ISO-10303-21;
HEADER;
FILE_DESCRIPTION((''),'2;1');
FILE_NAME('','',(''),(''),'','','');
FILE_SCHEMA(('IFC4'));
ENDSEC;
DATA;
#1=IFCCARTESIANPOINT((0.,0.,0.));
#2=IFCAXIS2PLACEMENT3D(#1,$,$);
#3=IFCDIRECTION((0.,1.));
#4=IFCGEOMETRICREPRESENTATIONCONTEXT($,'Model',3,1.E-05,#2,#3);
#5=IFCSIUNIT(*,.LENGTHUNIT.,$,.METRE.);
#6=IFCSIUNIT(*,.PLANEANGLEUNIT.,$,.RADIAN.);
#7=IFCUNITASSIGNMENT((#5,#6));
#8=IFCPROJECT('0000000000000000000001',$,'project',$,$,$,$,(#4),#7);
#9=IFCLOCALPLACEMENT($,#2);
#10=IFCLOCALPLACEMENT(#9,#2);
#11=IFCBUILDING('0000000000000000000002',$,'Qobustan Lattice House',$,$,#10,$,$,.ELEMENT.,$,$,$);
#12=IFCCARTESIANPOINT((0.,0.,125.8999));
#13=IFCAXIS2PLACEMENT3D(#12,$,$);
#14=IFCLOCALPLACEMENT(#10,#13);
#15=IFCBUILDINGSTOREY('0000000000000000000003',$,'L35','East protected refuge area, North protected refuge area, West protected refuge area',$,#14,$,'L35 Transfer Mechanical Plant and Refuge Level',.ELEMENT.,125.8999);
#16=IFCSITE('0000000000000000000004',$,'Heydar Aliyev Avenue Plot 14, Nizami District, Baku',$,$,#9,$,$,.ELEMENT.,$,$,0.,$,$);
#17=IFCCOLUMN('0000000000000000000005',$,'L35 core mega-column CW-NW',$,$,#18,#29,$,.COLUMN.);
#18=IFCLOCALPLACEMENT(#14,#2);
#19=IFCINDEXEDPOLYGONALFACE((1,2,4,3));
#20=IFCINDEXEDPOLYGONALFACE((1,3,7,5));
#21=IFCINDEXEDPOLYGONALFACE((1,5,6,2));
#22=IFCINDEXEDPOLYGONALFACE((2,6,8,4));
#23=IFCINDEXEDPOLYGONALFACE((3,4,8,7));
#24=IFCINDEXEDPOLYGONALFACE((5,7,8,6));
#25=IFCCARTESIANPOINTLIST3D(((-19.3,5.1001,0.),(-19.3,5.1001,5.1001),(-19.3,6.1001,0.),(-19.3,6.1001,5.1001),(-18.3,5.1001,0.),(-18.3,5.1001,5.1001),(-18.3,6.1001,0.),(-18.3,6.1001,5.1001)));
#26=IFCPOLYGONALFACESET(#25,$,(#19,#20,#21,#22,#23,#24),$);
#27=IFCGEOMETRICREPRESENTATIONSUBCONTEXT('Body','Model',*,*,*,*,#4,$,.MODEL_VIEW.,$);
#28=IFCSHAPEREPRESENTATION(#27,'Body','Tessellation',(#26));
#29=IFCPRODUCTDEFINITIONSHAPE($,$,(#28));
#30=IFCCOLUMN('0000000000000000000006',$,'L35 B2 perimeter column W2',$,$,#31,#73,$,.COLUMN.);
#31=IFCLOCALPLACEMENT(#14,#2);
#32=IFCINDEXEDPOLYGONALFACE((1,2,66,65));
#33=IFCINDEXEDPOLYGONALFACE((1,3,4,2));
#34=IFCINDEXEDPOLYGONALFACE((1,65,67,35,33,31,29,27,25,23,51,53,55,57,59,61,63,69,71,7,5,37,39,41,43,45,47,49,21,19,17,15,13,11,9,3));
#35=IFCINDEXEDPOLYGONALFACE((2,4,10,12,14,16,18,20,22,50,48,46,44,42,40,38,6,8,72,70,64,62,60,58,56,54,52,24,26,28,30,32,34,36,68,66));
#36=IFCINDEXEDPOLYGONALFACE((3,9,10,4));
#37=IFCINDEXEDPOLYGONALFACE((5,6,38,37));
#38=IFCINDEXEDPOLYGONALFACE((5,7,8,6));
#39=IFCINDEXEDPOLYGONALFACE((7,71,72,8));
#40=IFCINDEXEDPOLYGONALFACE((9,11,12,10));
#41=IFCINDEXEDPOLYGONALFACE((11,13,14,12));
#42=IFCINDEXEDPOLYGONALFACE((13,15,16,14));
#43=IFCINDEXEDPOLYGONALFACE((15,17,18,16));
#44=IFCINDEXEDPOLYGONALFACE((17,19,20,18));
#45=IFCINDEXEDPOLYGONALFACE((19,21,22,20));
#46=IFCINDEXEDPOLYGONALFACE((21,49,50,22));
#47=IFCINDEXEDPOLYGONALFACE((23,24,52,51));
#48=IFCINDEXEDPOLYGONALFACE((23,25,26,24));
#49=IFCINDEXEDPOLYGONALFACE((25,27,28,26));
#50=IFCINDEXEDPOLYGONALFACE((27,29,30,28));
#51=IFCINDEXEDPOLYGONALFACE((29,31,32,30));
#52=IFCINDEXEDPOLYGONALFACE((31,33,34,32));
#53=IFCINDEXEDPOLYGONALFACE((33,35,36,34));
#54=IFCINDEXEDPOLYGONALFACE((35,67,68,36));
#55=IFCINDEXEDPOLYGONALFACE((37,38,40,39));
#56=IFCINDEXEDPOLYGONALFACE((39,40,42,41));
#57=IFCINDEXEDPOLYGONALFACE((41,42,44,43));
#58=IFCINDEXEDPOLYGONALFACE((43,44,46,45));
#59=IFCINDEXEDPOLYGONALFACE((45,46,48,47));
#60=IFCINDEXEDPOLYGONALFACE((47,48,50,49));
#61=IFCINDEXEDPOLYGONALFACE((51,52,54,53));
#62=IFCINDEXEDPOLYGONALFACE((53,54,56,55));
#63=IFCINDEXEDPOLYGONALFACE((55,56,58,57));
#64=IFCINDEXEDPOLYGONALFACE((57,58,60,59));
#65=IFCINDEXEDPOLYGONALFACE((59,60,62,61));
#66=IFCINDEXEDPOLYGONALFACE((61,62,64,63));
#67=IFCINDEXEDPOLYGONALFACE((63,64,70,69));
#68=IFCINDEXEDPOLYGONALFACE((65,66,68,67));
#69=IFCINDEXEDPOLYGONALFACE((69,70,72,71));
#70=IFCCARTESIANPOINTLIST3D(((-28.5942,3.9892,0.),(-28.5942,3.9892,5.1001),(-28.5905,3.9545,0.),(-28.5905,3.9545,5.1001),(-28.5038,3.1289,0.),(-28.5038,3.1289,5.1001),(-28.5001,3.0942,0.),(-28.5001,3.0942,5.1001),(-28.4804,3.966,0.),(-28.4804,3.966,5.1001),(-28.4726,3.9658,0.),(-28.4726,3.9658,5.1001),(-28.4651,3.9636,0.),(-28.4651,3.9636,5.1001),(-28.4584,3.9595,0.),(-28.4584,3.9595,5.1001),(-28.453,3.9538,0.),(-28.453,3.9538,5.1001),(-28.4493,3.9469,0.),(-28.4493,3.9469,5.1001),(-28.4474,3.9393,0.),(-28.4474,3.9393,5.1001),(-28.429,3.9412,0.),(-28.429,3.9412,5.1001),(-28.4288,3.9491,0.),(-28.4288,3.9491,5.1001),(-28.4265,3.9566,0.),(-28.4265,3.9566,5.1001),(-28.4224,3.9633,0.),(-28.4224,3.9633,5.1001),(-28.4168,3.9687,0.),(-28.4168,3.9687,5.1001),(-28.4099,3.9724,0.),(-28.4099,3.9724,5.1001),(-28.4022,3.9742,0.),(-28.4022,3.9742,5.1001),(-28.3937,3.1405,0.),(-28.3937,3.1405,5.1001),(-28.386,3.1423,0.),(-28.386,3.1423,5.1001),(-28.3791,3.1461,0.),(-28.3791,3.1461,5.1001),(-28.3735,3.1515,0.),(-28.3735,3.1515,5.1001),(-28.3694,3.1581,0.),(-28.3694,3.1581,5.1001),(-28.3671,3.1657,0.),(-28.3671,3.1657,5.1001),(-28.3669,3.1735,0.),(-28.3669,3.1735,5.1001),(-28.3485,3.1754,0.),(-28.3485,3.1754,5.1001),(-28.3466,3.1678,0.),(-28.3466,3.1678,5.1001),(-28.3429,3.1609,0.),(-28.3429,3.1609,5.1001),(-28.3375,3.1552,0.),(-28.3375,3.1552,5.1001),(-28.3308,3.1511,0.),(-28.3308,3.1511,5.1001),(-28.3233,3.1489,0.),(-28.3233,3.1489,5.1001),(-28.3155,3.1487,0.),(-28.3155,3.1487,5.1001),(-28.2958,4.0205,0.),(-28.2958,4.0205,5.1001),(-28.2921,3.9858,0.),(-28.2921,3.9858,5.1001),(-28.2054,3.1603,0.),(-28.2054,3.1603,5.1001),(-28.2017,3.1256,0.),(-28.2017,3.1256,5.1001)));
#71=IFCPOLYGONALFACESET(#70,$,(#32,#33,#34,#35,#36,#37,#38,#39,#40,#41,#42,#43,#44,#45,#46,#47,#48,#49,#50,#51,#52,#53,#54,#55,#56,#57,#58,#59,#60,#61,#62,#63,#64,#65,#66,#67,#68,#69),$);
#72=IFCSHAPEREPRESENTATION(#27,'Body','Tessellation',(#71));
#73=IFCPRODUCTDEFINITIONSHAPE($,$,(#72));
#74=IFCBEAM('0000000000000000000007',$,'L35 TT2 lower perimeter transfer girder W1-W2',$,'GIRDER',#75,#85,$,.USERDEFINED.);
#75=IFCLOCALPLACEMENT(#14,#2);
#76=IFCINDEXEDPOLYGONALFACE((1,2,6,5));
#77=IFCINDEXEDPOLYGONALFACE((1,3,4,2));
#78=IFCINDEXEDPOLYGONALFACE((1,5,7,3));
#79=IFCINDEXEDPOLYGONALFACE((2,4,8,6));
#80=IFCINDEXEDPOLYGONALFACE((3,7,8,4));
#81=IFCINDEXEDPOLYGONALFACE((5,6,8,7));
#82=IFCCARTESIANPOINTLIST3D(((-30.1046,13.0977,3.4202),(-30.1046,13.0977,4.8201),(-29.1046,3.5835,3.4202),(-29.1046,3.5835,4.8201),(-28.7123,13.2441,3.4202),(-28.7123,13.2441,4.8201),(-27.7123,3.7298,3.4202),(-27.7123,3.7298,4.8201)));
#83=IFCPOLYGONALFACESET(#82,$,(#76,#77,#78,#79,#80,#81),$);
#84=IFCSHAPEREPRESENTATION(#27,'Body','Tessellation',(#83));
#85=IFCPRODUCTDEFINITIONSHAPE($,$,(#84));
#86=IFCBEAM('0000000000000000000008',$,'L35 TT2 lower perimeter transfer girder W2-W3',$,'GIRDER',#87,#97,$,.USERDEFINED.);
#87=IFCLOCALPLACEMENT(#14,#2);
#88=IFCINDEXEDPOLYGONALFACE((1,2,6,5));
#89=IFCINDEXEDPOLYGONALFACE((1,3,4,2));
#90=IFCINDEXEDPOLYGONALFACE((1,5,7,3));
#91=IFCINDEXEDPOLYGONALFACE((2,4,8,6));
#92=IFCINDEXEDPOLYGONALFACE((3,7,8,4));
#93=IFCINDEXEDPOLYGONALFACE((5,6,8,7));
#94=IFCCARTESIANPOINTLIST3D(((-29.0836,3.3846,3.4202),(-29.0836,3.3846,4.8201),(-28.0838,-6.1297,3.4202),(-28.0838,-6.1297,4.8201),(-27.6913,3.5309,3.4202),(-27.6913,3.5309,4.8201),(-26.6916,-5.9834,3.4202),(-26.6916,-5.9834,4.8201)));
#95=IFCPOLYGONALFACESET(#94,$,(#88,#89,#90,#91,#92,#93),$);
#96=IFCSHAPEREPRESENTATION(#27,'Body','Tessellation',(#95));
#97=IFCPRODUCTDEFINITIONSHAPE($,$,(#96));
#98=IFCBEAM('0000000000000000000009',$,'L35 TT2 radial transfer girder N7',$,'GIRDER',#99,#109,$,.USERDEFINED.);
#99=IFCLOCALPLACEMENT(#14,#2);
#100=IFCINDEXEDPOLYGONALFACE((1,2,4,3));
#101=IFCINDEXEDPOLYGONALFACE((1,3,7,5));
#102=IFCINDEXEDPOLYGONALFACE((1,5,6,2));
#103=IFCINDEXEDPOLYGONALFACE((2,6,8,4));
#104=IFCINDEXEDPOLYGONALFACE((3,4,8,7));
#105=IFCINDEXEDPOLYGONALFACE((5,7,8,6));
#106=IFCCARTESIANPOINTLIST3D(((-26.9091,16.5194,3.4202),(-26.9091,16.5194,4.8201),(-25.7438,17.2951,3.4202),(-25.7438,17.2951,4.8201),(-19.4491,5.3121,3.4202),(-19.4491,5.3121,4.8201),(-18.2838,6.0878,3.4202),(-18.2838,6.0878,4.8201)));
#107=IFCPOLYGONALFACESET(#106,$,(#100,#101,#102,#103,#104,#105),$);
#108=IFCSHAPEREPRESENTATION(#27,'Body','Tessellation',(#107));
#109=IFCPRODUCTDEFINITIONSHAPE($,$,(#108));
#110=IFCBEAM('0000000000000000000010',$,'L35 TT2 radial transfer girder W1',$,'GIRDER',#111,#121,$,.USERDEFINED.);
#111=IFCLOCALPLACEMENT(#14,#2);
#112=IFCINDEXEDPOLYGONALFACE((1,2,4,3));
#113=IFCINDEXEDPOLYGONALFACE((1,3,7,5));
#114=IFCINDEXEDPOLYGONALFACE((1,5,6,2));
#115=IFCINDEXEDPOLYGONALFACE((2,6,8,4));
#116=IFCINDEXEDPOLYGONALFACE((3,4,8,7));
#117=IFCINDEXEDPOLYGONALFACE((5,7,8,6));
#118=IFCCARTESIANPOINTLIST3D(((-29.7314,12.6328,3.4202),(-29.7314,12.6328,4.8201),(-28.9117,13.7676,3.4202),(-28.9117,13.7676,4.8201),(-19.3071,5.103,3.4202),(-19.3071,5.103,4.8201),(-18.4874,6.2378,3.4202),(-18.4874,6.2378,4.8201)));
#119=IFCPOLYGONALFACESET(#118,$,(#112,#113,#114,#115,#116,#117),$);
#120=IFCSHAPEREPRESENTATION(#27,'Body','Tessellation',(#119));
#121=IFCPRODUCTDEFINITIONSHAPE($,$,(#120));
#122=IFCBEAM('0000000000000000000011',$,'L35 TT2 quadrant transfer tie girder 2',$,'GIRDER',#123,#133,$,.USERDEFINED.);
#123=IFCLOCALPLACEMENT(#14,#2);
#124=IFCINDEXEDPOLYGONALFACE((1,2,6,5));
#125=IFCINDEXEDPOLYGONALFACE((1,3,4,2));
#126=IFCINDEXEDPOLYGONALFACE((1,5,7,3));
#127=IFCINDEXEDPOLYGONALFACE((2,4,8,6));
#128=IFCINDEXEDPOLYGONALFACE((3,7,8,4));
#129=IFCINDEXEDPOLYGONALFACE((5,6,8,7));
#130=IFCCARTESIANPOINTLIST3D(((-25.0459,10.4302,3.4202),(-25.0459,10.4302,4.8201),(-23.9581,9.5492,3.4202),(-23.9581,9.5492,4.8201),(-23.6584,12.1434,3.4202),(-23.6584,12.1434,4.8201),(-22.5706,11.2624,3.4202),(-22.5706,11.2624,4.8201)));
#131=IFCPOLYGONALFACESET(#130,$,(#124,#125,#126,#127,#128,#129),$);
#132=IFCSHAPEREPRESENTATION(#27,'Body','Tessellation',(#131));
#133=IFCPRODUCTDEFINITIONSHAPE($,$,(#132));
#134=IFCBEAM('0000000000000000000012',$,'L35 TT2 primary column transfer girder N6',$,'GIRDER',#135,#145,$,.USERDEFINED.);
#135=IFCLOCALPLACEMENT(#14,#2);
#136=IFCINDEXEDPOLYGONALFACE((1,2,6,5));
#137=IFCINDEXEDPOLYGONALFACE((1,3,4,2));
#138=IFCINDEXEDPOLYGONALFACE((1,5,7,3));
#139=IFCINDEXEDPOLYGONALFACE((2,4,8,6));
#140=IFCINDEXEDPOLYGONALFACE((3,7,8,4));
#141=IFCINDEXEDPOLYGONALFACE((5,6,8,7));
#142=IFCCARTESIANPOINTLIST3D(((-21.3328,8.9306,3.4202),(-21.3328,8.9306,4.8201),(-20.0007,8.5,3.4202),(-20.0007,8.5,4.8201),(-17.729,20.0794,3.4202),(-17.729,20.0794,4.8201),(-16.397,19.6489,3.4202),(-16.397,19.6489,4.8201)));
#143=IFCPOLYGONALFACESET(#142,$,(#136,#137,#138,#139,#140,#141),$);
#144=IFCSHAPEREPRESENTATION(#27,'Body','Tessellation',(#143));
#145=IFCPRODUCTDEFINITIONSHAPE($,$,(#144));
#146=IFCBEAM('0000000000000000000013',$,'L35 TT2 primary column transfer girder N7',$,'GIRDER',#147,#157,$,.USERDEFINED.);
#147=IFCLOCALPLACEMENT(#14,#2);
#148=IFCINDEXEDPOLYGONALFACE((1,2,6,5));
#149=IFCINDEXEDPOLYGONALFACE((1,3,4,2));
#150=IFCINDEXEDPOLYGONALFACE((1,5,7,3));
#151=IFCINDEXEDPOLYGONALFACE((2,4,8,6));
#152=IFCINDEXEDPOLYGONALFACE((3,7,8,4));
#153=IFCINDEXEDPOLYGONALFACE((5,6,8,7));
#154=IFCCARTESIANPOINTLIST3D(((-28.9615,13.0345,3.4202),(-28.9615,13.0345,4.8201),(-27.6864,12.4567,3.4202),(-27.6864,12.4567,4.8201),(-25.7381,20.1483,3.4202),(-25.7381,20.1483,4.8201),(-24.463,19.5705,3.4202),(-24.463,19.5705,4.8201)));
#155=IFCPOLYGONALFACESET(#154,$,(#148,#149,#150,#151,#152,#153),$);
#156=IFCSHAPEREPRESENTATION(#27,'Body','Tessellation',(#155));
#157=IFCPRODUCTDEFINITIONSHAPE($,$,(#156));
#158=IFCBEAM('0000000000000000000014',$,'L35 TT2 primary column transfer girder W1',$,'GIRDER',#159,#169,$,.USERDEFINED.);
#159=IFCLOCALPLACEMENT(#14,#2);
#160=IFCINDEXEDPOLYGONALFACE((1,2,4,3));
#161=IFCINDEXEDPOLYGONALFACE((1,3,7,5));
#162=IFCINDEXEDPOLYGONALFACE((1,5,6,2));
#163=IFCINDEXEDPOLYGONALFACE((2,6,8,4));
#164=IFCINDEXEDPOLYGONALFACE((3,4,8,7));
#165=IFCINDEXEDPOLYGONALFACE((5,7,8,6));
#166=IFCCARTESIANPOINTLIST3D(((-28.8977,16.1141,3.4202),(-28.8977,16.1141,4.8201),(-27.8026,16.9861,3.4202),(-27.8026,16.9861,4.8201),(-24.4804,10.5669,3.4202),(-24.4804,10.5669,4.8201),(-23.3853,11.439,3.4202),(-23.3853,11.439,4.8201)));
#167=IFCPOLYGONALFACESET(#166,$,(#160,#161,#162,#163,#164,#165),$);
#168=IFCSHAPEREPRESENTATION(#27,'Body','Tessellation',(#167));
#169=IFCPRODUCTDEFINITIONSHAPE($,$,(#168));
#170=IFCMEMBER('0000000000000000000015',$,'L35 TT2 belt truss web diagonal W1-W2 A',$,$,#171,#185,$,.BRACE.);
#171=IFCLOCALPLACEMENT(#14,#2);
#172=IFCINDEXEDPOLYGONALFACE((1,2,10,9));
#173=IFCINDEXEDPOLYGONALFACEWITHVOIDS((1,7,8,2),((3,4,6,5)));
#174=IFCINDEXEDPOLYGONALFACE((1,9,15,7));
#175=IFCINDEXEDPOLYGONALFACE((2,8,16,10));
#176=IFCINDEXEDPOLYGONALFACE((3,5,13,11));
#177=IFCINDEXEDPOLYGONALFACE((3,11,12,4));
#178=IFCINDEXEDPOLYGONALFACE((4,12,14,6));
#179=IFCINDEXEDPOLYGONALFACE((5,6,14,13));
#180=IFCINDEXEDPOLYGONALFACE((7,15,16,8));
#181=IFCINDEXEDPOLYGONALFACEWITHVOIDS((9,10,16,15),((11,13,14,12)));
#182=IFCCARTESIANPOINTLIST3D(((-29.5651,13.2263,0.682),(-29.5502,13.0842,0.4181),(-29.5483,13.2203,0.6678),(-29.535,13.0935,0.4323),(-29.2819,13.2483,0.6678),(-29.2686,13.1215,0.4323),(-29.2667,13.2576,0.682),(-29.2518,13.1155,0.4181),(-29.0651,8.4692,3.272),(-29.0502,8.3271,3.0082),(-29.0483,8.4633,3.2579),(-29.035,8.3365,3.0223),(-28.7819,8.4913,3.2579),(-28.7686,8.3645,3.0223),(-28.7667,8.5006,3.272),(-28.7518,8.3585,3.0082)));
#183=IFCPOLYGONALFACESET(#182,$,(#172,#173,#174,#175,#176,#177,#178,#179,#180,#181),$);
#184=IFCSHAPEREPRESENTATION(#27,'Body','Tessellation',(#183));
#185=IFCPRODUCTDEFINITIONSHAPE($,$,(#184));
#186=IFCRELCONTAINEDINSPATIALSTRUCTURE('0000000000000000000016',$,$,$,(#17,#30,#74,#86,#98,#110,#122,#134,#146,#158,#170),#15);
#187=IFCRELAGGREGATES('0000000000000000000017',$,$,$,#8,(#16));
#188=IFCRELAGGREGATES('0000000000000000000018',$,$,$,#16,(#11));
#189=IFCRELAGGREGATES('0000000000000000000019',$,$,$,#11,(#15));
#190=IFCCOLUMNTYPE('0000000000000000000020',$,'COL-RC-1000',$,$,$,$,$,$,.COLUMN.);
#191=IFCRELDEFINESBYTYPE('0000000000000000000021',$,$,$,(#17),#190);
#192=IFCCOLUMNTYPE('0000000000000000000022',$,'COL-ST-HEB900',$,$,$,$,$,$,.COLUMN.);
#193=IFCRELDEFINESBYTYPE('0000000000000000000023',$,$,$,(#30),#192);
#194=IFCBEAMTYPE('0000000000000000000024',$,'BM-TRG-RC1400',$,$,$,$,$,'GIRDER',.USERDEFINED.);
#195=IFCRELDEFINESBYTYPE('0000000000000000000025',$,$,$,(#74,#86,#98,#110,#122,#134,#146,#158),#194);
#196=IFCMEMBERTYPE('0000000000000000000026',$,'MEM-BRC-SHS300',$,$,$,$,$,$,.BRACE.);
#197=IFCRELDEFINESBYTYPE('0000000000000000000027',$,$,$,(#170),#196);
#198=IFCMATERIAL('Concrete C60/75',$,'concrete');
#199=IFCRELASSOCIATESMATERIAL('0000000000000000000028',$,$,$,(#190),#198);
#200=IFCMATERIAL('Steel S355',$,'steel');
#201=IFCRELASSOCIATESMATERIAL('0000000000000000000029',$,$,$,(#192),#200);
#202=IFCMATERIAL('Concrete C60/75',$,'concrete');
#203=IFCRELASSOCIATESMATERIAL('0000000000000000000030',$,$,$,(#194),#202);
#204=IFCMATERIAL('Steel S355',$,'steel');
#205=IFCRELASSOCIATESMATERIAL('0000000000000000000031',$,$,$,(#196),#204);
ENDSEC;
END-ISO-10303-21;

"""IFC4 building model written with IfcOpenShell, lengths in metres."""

from ifc_helpers import new_model, si_unit, direction, frame, origin, origin_2d, place, context, subcontext, project, spatial, rectangle, hollow_rectangle, i_section, extrude, material, material_profile, profile_set, type_object, element, save


model = new_model("IFC4")

# Units and contexts
model_context = context("Model", 3, precision=1e-05, world=origin(), true_north=direction((0.0, 1.0)))
body_context = subcontext(model_context, "Body", "Model", "MODEL_VIEW")
ifc_project = project(units=[si_unit("LENGTHUNIT", "METRE"), si_unit("PLANEANGLEUNIT", "RADIAN")], contexts=[model_context])

# Site, building, storey
site_placement = place(None, origin())
site = spatial("IfcSite", under=ifc_project, at=site_placement, Name="Heydar Aliyev Avenue Plot 14, Nizami District, Baku", CompositionType="ELEMENT", RefElevation=0.0)
building_placement = place(site_placement, origin())
building = spatial("IfcBuilding", under=site, at=building_placement, Name="Qobustan Lattice House", CompositionType="ELEMENT")
storey_placement = place(building_placement, frame((0.0, 0.0, 125.8999)))
storey = spatial("IfcBuildingStorey", under=building, at=storey_placement, Name="L35", Description="East protected refuge area, North protected refuge area, West protected refuge area", LongName="L35 Transfer Mechanical Plant and Refuge Level", CompositionType="ELEMENT", Elevation=125.8999)

# Columns
ifc_material_1 = material(Name="Concrete C60/75", Category="concrete")
ifc_material_profile_1 = material_profile(ifc_material_1, rectangle(XDim=1.0, YDim=1.0, at=origin_2d()), Name="RC1000x1000")
ifc_profile_set_1 = profile_set([ifc_material_profile_1], Name="Concrete C60/75")
column_type_1 = type_object("IfcColumnType", Name="COL-RC-1000", PredefinedType="COLUMN", material=ifc_profile_set_1)
column_1_placement = place(storey_placement, frame((-18.8, 5.6001, 0.0), z_axis=(0.0, 0.0, 1.0), x_axis=(1.0, 0.0, 0.0)))
element("IfcColumn", 1, at=column_1_placement, inside=storey, type_object=column_type_1, Name="L35 core mega-column CW-NW", PredefinedType="COLUMN", context=body_context, shape_type="SweptSolid", body=[
    extrude(rectangle(XDim=1.0, YDim=1.0, at=origin_2d()), origin(), (0.0, 0.0, 1.0), 5.1001),
])
ifc_material_2 = material(Name="Steel S355", Category="steel")
ifc_material_profile_2 = material_profile(ifc_material_2, i_section(OverallWidth=0.3, OverallDepth=0.8999, WebThickness=0.0186, FlangeThickness=0.0349, FilletRadius=0.03, at=origin_2d()), Name="HEB900")
ifc_profile_set_2 = profile_set([ifc_material_profile_2], Name="Steel S355")
column_type_2 = type_object("IfcColumnType", Name="COL-ST-HEB900", PredefinedType="COLUMN", material=ifc_profile_set_2)
column_2_placement = place(storey_placement, frame((-28.3979, 3.5574, 0.0), z_axis=(0.0, 0.0, 1.0), x_axis=(0.994522, 0.104528, 0.0)))
element("IfcColumn", 2, at=column_2_placement, inside=storey, type_object=column_type_2, Name="L35 B2 perimeter column W2", PredefinedType="COLUMN", context=body_context, shape_type="SweptSolid", body=[
    extrude(i_section(OverallWidth=0.3, OverallDepth=0.8999, WebThickness=0.0186, FlangeThickness=0.0349, FilletRadius=0.03, at=origin_2d()), origin(), (0.0, 0.0, 1.0), 5.1001),
])

# Beams
ifc_material_3 = material(Name="Concrete C60/75", Category="concrete")
ifc_material_profile_3 = material_profile(ifc_material_3, rectangle(XDim=1.3999, YDim=1.3999, at=origin_2d()), Name="RC1400x1400")
ifc_profile_set_3 = profile_set([ifc_material_profile_3], Name="Concrete C60/75")
beam_type = type_object("IfcBeamType", Name="BM-TRG-RC1400", ElementType="GIRDER", PredefinedType="USERDEFINED", material=ifc_profile_set_3)
for number, where, z_axis, x_axis, name in (
    (3, (-29.4084, 13.1709, 4.1201), (0.104531, -0.994522, 0.0), (0.994522, 0.104531, 0.0), "L35 TT2 lower perimeter transfer girder W1-W2"),
    (4, (-28.3875, 3.4578, 4.1201), (0.104505, -0.994524, 0.0), (0.994524, 0.104505, 0.0), "L35 TT2 lower perimeter transfer girder W2-W3"),
):
    element("IfcBeam", number, at=place(storey_placement, frame(where, z_axis=z_axis, x_axis=x_axis)), inside=storey, type_object=beam_type, Name=name, ObjectType="GIRDER", PredefinedType="USERDEFINED", context=body_context, shape_type="SweptSolid", body=[
        extrude(rectangle(XDim=1.3999, YDim=1.3999, at=origin_2d()), origin(), (0.0, 0.0, 1.0), 9.5667),
    ])
beam_1_placement = place(storey_placement, frame((-18.8665, 5.7, 4.1201), z_axis=(-0.554106, 0.832446, 0.0), x_axis=(-0.832446, -0.554106, 0.0)))
element("IfcBeam", 5, at=beam_1_placement, inside=storey, type_object=beam_type, Name="L35 TT2 radial transfer girder N7", ObjectType="GIRDER", PredefinedType="USERDEFINED", context=body_context, shape_type="SweptSolid", body=[
    extrude(rectangle(XDim=1.3999, YDim=1.3999, at=origin_2d()), origin(), (0.0, 0.0, 1.0), 13.4631),
])
beam_2_placement = place(storey_placement, frame((-18.8972, 5.6704, 4.1201), z_axis=(-0.810638, 0.585547, 0.0), x_axis=(-0.585547, -0.810638, 0.0)))
element("IfcBeam", 6, at=beam_2_placement, inside=storey, type_object=beam_type, Name="L35 TT2 radial transfer girder W1", ObjectType="GIRDER", PredefinedType="USERDEFINED", context=body_context, shape_type="SweptSolid", body=[
    extrude(rectangle(XDim=1.3999, YDim=1.3999, at=origin_2d()), origin(), (0.0, 0.0, 1.0), 12.8594),
])
beam_3_placement = place(storey_placement, frame((-23.1145, 11.7029, 4.1201), z_axis=(-0.62937, -0.777106, 0.0), x_axis=(0.777106, -0.62937, 0.0)))
element("IfcBeam", 7, at=beam_3_placement, inside=storey, type_object=beam_type, Name="L35 TT2 quadrant transfer tie girder 2", ObjectType="GIRDER", PredefinedType="USERDEFINED", context=body_context, shape_type="SweptSolid", body=[
    extrude(rectangle(XDim=1.3999, YDim=1.3999, at=origin_2d()), origin(), (0.0, 0.0, 1.0), 2.2046),
])
beam_4_placement = place(storey_placement, frame((-20.6667, 8.7153, 4.1201), z_axis=(0.30757, 0.951526, 0.0), x_axis=(-0.951526, 0.30757, 0.0)))
element("IfcBeam", 8, at=beam_4_placement, inside=storey, type_object=beam_type, Name="L35 TT2 primary column transfer girder N6", ObjectType="GIRDER", PredefinedType="USERDEFINED", context=body_context, shape_type="SweptSolid", body=[
    extrude(rectangle(XDim=1.3999, YDim=1.3999, at=origin_2d()), origin(), (0.0, 0.0, 1.0), 11.7168),
])
beam_5_placement = place(storey_placement, frame((-28.324, 12.7456, 4.1201), z_axis=(0.412726, 0.910855, 0.0), x_axis=(-0.910855, 0.412726, 0.0)))
element("IfcBeam", 9, at=beam_5_placement, inside=storey, type_object=beam_type, Name="L35 TT2 primary column transfer girder N7", ObjectType="GIRDER", PredefinedType="USERDEFINED", context=body_context, shape_type="SweptSolid", body=[
    extrude(rectangle(XDim=1.3999, YDim=1.3999, at=origin_2d()), origin(), (0.0, 0.0, 1.0), 7.8101),
])
beam_6_placement = place(storey_placement, frame((-23.9329, 11.0029, 4.1201), z_axis=(-0.622934, 0.782274, 0.0), x_axis=(-0.782274, -0.622934, 0.0)))
element("IfcBeam", 10, at=beam_6_placement, inside=storey, type_object=beam_type, Name="L35 TT2 primary column transfer girder W1", ObjectType="GIRDER", PredefinedType="USERDEFINED", context=body_context, shape_type="SweptSolid", body=[
    extrude(rectangle(XDim=1.3999, YDim=1.3999, at=origin_2d()), origin(), (0.0, 0.0, 1.0), 7.0911),
])

# Member
ifc_material_4 = material(Name="Steel S355", Category="steel")
ifc_material_profile_4 = material_profile(ifc_material_4, hollow_rectangle(XDim=0.3, YDim=0.3, WallThickness=0.0161, at=origin_2d()), Name="SHS300x300x16")
ifc_profile_set_4 = profile_set([ifc_material_profile_4], Name="Steel S355")
member_type_1 = type_object("IfcMemberType", Name="MEM-BRC-SHS300", PredefinedType="BRACE", material=ifc_profile_set_4)
for number, where, z_axis, x_axis, name in (
    (11, (-29.4084, 13.1709, 0.55), (0.09192, -0.874541, 0.476161), (0.994522, 0.104531, 0.0), "L35 TT2 belt truss web diagonal W1-W2 A"),
):
    element("IfcMember", number, at=place(storey_placement, frame(where, z_axis=z_axis, x_axis=x_axis)), inside=storey, type_object=member_type_1, Name=name, PredefinedType="BRACE", context=body_context, shape_type="SweptSolid", body=[
        extrude(hollow_rectangle(XDim=0.3, YDim=0.3, WallThickness=0.0161, at=origin_2d()), origin(), (0.0, 0.0, 1.0), 5.4395),
    ])

save(model, "model.ifc")
